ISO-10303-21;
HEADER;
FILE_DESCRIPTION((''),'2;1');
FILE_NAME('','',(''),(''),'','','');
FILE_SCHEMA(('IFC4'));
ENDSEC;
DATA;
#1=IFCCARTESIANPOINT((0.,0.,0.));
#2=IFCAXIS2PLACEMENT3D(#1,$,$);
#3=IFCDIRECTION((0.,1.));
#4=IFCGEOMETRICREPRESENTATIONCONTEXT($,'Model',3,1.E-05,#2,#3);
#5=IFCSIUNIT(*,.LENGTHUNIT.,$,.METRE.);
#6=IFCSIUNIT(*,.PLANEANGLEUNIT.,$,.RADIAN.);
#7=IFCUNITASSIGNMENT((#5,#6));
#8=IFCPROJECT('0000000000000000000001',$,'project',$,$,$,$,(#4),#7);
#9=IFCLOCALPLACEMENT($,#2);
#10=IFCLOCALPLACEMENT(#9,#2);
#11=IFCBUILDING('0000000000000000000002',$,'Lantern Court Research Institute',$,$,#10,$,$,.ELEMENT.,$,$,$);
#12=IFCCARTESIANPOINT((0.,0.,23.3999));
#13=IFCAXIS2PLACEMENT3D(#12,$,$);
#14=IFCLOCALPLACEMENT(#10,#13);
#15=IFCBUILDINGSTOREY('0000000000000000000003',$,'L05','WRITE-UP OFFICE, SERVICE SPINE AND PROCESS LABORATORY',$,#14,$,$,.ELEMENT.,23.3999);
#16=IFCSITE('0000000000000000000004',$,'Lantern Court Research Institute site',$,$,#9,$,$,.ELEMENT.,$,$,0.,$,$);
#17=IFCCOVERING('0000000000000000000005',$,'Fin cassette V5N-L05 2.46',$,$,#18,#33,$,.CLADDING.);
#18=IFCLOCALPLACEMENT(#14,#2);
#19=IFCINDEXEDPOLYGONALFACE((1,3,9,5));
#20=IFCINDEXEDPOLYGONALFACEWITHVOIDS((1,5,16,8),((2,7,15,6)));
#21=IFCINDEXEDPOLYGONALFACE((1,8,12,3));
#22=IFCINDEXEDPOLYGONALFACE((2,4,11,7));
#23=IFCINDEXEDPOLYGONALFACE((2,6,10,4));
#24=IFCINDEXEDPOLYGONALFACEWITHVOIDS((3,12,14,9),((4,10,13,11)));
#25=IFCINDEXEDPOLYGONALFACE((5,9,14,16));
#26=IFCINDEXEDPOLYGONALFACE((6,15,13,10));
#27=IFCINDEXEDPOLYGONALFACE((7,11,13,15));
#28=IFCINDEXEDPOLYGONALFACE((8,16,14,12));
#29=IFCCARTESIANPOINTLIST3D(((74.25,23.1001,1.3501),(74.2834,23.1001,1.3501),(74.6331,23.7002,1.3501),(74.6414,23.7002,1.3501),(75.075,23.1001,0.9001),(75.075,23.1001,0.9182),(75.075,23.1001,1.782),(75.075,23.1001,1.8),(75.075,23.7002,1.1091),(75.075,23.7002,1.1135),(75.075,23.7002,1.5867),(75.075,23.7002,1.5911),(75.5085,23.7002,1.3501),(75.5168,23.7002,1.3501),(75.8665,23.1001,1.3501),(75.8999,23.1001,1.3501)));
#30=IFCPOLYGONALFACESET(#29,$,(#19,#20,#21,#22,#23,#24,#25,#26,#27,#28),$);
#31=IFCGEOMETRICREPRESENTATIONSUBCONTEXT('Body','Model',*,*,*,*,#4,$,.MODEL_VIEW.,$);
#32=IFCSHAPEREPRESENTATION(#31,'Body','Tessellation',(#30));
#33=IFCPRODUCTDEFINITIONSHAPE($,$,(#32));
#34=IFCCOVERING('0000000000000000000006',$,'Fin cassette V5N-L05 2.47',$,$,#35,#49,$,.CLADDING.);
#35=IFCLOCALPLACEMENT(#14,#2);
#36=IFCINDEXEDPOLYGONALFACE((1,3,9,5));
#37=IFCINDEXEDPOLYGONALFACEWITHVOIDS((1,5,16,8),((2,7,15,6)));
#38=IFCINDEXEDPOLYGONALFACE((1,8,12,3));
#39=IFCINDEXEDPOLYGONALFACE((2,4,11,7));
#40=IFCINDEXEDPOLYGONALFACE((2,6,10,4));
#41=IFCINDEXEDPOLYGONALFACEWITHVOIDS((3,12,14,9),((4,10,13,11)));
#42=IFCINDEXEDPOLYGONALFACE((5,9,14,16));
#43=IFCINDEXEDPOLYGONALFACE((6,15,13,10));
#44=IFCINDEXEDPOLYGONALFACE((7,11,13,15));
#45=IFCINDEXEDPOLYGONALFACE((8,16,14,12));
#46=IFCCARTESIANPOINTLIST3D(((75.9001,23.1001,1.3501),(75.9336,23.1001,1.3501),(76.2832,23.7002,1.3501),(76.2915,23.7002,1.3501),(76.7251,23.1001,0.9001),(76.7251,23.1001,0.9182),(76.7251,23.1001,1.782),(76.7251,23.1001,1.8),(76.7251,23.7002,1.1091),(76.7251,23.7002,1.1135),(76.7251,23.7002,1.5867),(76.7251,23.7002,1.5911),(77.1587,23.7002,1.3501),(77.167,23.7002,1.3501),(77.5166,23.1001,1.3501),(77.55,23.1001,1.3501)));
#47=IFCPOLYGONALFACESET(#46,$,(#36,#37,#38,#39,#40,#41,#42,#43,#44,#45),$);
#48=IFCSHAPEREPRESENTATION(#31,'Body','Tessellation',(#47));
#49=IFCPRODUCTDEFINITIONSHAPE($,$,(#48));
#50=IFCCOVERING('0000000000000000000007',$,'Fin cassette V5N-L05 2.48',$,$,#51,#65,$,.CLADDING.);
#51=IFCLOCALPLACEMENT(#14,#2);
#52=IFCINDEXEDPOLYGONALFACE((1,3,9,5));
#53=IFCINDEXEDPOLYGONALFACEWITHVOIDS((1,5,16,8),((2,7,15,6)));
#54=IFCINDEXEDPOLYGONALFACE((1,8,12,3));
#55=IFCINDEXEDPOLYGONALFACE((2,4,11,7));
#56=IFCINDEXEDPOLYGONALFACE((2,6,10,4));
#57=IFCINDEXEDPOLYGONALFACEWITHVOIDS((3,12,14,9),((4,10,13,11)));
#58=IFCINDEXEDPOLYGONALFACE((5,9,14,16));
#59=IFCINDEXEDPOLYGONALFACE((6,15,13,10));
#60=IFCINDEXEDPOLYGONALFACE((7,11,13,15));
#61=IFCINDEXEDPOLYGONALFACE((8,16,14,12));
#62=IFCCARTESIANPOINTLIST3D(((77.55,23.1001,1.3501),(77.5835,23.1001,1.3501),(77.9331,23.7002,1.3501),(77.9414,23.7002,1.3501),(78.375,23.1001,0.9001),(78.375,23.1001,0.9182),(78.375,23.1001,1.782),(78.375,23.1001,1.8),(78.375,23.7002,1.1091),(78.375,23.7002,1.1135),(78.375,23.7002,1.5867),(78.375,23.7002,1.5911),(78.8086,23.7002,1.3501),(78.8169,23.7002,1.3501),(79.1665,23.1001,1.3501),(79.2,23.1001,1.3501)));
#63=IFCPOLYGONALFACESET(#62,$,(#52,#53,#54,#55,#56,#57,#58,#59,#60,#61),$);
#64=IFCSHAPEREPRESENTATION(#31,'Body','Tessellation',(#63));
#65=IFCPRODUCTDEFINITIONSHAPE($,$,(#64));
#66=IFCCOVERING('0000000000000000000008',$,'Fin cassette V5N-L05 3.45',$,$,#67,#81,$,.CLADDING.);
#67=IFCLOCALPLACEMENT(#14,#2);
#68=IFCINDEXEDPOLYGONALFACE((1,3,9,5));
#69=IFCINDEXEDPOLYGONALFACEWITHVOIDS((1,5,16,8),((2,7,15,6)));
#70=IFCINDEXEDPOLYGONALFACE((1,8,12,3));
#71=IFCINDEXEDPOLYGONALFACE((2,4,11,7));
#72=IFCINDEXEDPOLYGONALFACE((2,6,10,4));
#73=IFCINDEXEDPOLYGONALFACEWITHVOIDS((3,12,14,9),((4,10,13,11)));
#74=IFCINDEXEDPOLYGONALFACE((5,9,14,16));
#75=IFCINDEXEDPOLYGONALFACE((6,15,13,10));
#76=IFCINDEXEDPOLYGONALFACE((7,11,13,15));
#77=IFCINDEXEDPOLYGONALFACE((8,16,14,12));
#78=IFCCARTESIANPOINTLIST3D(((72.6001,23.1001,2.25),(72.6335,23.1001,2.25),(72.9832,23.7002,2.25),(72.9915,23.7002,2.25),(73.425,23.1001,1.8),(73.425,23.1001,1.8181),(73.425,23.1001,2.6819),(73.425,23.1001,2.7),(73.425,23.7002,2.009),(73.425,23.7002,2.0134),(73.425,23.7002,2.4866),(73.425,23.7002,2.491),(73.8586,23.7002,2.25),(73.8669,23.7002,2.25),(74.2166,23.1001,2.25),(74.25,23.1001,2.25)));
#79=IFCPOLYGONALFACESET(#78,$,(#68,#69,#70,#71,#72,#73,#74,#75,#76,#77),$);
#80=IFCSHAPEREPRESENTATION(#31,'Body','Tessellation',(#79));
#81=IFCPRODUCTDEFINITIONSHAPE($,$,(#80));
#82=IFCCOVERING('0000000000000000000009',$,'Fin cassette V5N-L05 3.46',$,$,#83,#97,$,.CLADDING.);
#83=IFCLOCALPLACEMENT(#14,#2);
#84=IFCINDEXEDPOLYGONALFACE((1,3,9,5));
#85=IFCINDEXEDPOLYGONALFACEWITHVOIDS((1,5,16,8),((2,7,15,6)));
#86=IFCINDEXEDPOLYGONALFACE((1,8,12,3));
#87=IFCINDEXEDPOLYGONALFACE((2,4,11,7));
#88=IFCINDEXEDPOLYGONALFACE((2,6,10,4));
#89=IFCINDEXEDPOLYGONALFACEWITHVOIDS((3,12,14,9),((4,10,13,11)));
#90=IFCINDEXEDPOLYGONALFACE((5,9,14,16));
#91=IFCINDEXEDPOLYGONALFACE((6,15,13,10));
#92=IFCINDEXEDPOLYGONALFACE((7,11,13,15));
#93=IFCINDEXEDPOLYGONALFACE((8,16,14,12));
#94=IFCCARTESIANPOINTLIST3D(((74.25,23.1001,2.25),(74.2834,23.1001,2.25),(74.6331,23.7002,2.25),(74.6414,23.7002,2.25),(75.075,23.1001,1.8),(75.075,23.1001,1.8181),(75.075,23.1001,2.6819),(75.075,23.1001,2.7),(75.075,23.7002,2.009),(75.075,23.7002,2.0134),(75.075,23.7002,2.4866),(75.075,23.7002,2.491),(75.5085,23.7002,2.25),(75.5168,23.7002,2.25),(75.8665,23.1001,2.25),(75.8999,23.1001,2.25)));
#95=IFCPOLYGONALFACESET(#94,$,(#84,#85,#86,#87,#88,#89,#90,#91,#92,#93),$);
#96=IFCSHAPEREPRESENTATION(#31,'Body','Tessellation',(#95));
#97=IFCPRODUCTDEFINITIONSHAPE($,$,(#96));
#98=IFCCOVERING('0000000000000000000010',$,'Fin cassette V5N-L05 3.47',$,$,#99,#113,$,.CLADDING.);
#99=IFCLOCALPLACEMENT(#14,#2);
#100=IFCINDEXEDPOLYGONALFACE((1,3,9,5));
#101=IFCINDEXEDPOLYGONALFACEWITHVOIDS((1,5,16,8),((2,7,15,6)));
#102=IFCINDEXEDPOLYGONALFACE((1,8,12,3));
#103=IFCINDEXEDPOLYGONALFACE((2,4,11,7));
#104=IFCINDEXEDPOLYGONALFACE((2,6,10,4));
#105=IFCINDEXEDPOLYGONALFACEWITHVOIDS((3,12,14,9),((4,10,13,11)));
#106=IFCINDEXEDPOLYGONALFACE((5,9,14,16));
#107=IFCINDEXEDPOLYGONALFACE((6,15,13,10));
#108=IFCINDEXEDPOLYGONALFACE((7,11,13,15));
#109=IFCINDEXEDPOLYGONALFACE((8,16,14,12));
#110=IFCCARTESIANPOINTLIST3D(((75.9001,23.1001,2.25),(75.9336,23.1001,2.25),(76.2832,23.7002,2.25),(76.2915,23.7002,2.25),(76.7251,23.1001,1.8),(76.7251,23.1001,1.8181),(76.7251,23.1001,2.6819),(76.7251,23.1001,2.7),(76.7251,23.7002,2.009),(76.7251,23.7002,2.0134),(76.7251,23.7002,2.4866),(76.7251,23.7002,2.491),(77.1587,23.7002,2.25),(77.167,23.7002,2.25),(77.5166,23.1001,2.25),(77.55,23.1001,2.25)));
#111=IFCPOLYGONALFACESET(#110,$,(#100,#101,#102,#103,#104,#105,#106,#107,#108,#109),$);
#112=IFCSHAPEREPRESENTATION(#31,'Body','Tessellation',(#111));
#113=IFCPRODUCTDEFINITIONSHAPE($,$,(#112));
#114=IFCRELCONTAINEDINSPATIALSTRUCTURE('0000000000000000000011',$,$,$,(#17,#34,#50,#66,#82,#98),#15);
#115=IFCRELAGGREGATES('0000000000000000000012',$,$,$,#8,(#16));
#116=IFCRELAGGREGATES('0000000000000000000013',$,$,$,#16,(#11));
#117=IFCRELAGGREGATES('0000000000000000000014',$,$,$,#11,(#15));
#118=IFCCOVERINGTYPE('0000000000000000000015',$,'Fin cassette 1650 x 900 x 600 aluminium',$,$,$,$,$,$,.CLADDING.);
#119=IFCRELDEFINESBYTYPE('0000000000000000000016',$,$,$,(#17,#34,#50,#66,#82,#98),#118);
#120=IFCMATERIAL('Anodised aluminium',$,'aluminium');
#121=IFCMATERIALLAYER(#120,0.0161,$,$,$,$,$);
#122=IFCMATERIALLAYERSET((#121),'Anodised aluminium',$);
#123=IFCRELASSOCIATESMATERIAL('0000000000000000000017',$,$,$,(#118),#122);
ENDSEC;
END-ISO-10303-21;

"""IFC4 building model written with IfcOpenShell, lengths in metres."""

from ifc_helpers import new_model, entity, si_unit, direction, frame, origin, place, context, subcontext, project, spatial, material, layer, layer_set, type_object, element, save


model = new_model("IFC4")

# Units and contexts
model_context = context("Model", 3, precision=1e-05, world=origin(), true_north=direction((0.0, 1.0)))
body_context = subcontext(model_context, "Body", "Model", "MODEL_VIEW")
ifc_project = project(units=[si_unit("LENGTHUNIT", "METRE"), si_unit("PLANEANGLEUNIT", "RADIAN")], contexts=[model_context])

# Site, building, storey
site_placement = place(None, origin())
site = spatial("IfcSite", under=ifc_project, at=site_placement, Name="Lantern Court Research Institute site", CompositionType="ELEMENT", RefElevation=0.0)
building_placement = place(site_placement, origin())
building = spatial("IfcBuilding", under=site, at=building_placement, Name="Lantern Court Research Institute", CompositionType="ELEMENT")
storey_placement = place(building_placement, frame((0.0, 0.0, 23.3999)))
storey = spatial("IfcBuildingStorey", under=building, at=storey_placement, Name="L05", Description="WRITE-UP OFFICE, SERVICE SPINE AND PROCESS LABORATORY", CompositionType="ELEMENT", Elevation=23.3999)

# Coverings
ifc_material = material(Name="Anodised aluminium", Category="aluminium")
ifc_layer = layer(ifc_material, 0.0161)
ifc_layer_set = layer_set([ifc_layer], Name="Anodised aluminium")
covering_type = type_object("IfcCoveringType", Name="Fin cassette 1650 x 900 x 600 aluminium", PredefinedType="CLADDING", material=ifc_layer_set)
covering_1_placement = place(storey_placement, frame((75.075, 23.1001, 1.3501), z_axis=(0.0, 1.0, 0.0), x_axis=(-1.0, 0.0, 0.0)))
cartesian_point_1 = entity("IfcCartesianPoint", [0.825, 0.0])
cartesian_point_2 = entity("IfcCartesianPoint", [0.7915, 0.0])
cartesian_point_3 = entity("IfcCartesianPoint", [0.4419, 0.0])
cartesian_point_4 = entity("IfcCartesianPoint", [0.4336, 0.0])
element("IfcCovering", 1, at=covering_1_placement, inside=storey, type_object=covering_type, Name="Fin cassette V5N-L05 2.46", PredefinedType="CLADDING", context=body_context, shape_type="SweptSolid", body=[
    entity("IfcExtrudedAreaSolidTapered", entity("IfcArbitraryProfileDefWithVoids", "AREA", None, entity("IfcPolyline", [cartesian_point_1, entity("IfcCartesianPoint", [0.0, 0.45]), entity("IfcCartesianPoint", [-0.825, 0.0]), entity("IfcCartesianPoint", [0.0, -0.45]), cartesian_point_1]), [entity("IfcPolyline", [cartesian_point_2, entity("IfcCartesianPoint", [0.0, 0.4319]), entity("IfcCartesianPoint", [-0.7915, 0.0]), entity("IfcCartesianPoint", [0.0, -0.4319]), cartesian_point_2])]), entity("IfcAxis2Placement3D", entity("IfcCartesianPoint", [0.0, 0.0, 0.0])), entity("IfcDirection", [0.0, 0.0, 1.0]), 0.6001, entity("IfcArbitraryProfileDefWithVoids", "AREA", None, entity("IfcPolyline", [cartesian_point_3, entity("IfcCartesianPoint", [0.0, 0.241]), entity("IfcCartesianPoint", [-0.4419, 0.0]), entity("IfcCartesianPoint", [0.0, -0.241]), cartesian_point_3]), [entity("IfcPolyline", [cartesian_point_4, entity("IfcCartesianPoint", [0.0, 0.2366]), entity("IfcCartesianPoint", [-0.4336, 0.0]), entity("IfcCartesianPoint", [0.0, -0.2366]), cartesian_point_4])])),
])
covering_2_placement = place(storey_placement, frame((76.7251, 23.1001, 1.3501), z_axis=(0.0, 1.0, 0.0), x_axis=(-1.0, 0.0, 0.0)))
cartesian_point_5 = entity("IfcCartesianPoint", [0.825, 0.0])
cartesian_point_6 = entity("IfcCartesianPoint", [0.7915, 0.0])
cartesian_point_7 = entity("IfcCartesianPoint", [0.4419, 0.0])
cartesian_point_8 = entity("IfcCartesianPoint", [0.4336, 0.0])
element("IfcCovering", 2, at=covering_2_placement, inside=storey, type_object=covering_type, Name="Fin cassette V5N-L05 2.47", PredefinedType="CLADDING", context=body_context, shape_type="SweptSolid", body=[
    entity("IfcExtrudedAreaSolidTapered", entity("IfcArbitraryProfileDefWithVoids", "AREA", None, entity("IfcPolyline", [cartesian_point_5, entity("IfcCartesianPoint", [0.0, 0.45]), entity("IfcCartesianPoint", [-0.825, 0.0]), entity("IfcCartesianPoint", [0.0, -0.45]), cartesian_point_5]), [entity("IfcPolyline", [cartesian_point_6, entity("IfcCartesianPoint", [0.0, 0.4319]), entity("IfcCartesianPoint", [-0.7915, 0.0]), entity("IfcCartesianPoint", [0.0, -0.4319]), cartesian_point_6])]), entity("IfcAxis2Placement3D", entity("IfcCartesianPoint", [0.0, 0.0, 0.0])), entity("IfcDirection", [0.0, 0.0, 1.0]), 0.6001, entity("IfcArbitraryProfileDefWithVoids", "AREA", None, entity("IfcPolyline", [cartesian_point_7, entity("IfcCartesianPoint", [0.0, 0.241]), entity("IfcCartesianPoint", [-0.4419, 0.0]), entity("IfcCartesianPoint", [0.0, -0.241]), cartesian_point_7]), [entity("IfcPolyline", [cartesian_point_8, entity("IfcCartesianPoint", [0.0, 0.2366]), entity("IfcCartesianPoint", [-0.4336, 0.0]), entity("IfcCartesianPoint", [0.0, -0.2366]), cartesian_point_8])])),
])
covering_3_placement = place(storey_placement, frame((78.375, 23.1001, 1.3501), z_axis=(0.0, 1.0, 0.0), x_axis=(-1.0, 0.0, 0.0)))
cartesian_point_9 = entity("IfcCartesianPoint", [0.825, 0.0])
cartesian_point_10 = entity("IfcCartesianPoint", [0.7915, 0.0])
cartesian_point_11 = entity("IfcCartesianPoint", [0.4419, 0.0])
cartesian_point_12 = entity("IfcCartesianPoint", [0.4336, 0.0])
element("IfcCovering", 3, at=covering_3_placement, inside=storey, type_object=covering_type, Name="Fin cassette V5N-L05 2.48", PredefinedType="CLADDING", context=body_context, shape_type="SweptSolid", body=[
    entity("IfcExtrudedAreaSolidTapered", entity("IfcArbitraryProfileDefWithVoids", "AREA", None, entity("IfcPolyline", [cartesian_point_9, entity("IfcCartesianPoint", [0.0, 0.45]), entity("IfcCartesianPoint", [-0.825, 0.0]), entity("IfcCartesianPoint", [0.0, -0.45]), cartesian_point_9]), [entity("IfcPolyline", [cartesian_point_10, entity("IfcCartesianPoint", [0.0, 0.4319]), entity("IfcCartesianPoint", [-0.7915, 0.0]), entity("IfcCartesianPoint", [0.0, -0.4319]), cartesian_point_10])]), entity("IfcAxis2Placement3D", entity("IfcCartesianPoint", [0.0, 0.0, 0.0])), entity("IfcDirection", [0.0, 0.0, 1.0]), 0.6001, entity("IfcArbitraryProfileDefWithVoids", "AREA", None, entity("IfcPolyline", [cartesian_point_11, entity("IfcCartesianPoint", [0.0, 0.241]), entity("IfcCartesianPoint", [-0.4419, 0.0]), entity("IfcCartesianPoint", [0.0, -0.241]), cartesian_point_11]), [entity("IfcPolyline", [cartesian_point_12, entity("IfcCartesianPoint", [0.0, 0.2366]), entity("IfcCartesianPoint", [-0.4336, 0.0]), entity("IfcCartesianPoint", [0.0, -0.2366]), cartesian_point_12])])),
])
covering_4_placement = place(storey_placement, frame((73.425, 23.1001, 2.25), z_axis=(0.0, 1.0, 0.0), x_axis=(-1.0, 0.0, 0.0)))
cartesian_point_13 = entity("IfcCartesianPoint", [0.825, 0.0])
cartesian_point_14 = entity("IfcCartesianPoint", [0.7915, 0.0])
cartesian_point_15 = entity("IfcCartesianPoint", [0.4419, 0.0])
cartesian_point_16 = entity("IfcCartesianPoint", [0.4336, 0.0])
element("IfcCovering", 4, at=covering_4_placement, inside=storey, type_object=covering_type, Name="Fin cassette V5N-L05 3.45", PredefinedType="CLADDING", context=body_context, shape_type="SweptSolid", body=[
    entity("IfcExtrudedAreaSolidTapered", entity("IfcArbitraryProfileDefWithVoids", "AREA", None, entity("IfcPolyline", [cartesian_point_13, entity("IfcCartesianPoint", [0.0, 0.45]), entity("IfcCartesianPoint", [-0.825, 0.0]), entity("IfcCartesianPoint", [0.0, -0.45]), cartesian_point_13]), [entity("IfcPolyline", [cartesian_point_14, entity("IfcCartesianPoint", [0.0, 0.4319]), entity("IfcCartesianPoint", [-0.7915, 0.0]), entity("IfcCartesianPoint", [0.0, -0.4319]), cartesian_point_14])]), entity("IfcAxis2Placement3D", entity("IfcCartesianPoint", [0.0, 0.0, 0.0])), entity("IfcDirection", [0.0, 0.0, 1.0]), 0.6001, entity("IfcArbitraryProfileDefWithVoids", "AREA", None, entity("IfcPolyline", [cartesian_point_15, entity("IfcCartesianPoint", [0.0, 0.241]), entity("IfcCartesianPoint", [-0.4419, 0.0]), entity("IfcCartesianPoint", [0.0, -0.241]), cartesian_point_15]), [entity("IfcPolyline", [cartesian_point_16, entity("IfcCartesianPoint", [0.0, 0.2366]), entity("IfcCartesianPoint", [-0.4336, 0.0]), entity("IfcCartesianPoint", [0.0, -0.2366]), cartesian_point_16])])),
])
covering_5_placement = place(storey_placement, frame((75.075, 23.1001, 2.25), z_axis=(0.0, 1.0, 0.0), x_axis=(-1.0, 0.0, 0.0)))
cartesian_point_17 = entity("IfcCartesianPoint", [0.825, 0.0])
cartesian_point_18 = entity("IfcCartesianPoint", [0.7915, 0.0])
cartesian_point_19 = entity("IfcCartesianPoint", [0.4419, 0.0])
cartesian_point_20 = entity("IfcCartesianPoint", [0.4336, 0.0])
element("IfcCovering", 5, at=covering_5_placement, inside=storey, type_object=covering_type, Name="Fin cassette V5N-L05 3.46", PredefinedType="CLADDING", context=body_context, shape_type="SweptSolid", body=[
    entity("IfcExtrudedAreaSolidTapered", entity("IfcArbitraryProfileDefWithVoids", "AREA", None, entity("IfcPolyline", [cartesian_point_17, entity("IfcCartesianPoint", [0.0, 0.45]), entity("IfcCartesianPoint", [-0.825, 0.0]), entity("IfcCartesianPoint", [0.0, -0.45]), cartesian_point_17]), [entity("IfcPolyline", [cartesian_point_18, entity("IfcCartesianPoint", [0.0, 0.4319]), entity("IfcCartesianPoint", [-0.7915, 0.0]), entity("IfcCartesianPoint", [0.0, -0.4319]), cartesian_point_18])]), entity("IfcAxis2Placement3D", entity("IfcCartesianPoint", [0.0, 0.0, 0.0])), entity("IfcDirection", [0.0, 0.0, 1.0]), 0.6001, entity("IfcArbitraryProfileDefWithVoids", "AREA", None, entity("IfcPolyline", [cartesian_point_19, entity("IfcCartesianPoint", [0.0, 0.241]), entity("IfcCartesianPoint", [-0.4419, 0.0]), entity("IfcCartesianPoint", [0.0, -0.241]), cartesian_point_19]), [entity("IfcPolyline", [cartesian_point_20, entity("IfcCartesianPoint", [0.0, 0.2366]), entity("IfcCartesianPoint", [-0.4336, 0.0]), entity("IfcCartesianPoint", [0.0, -0.2366]), cartesian_point_20])])),
])
covering_6_placement = place(storey_placement, frame((76.7251, 23.1001, 2.25), z_axis=(0.0, 1.0, 0.0), x_axis=(-1.0, 0.0, 0.0)))
cartesian_point_21 = entity("IfcCartesianPoint", [0.825, 0.0])
cartesian_point_22 = entity("IfcCartesianPoint", [0.7915, 0.0])
cartesian_point_23 = entity("IfcCartesianPoint", [0.4419, 0.0])
cartesian_point_24 = entity("IfcCartesianPoint", [0.4336, 0.0])
element("IfcCovering", 6, at=covering_6_placement, inside=storey, type_object=covering_type, Name="Fin cassette V5N-L05 3.47", PredefinedType="CLADDING", context=body_context, shape_type="SweptSolid", body=[
    entity("IfcExtrudedAreaSolidTapered", entity("IfcArbitraryProfileDefWithVoids", "AREA", None, entity("IfcPolyline", [cartesian_point_21, entity("IfcCartesianPoint", [0.0, 0.45]), entity("IfcCartesianPoint", [-0.825, 0.0]), entity("IfcCartesianPoint", [0.0, -0.45]), cartesian_point_21]), [entity("IfcPolyline", [cartesian_point_22, entity("IfcCartesianPoint", [0.0, 0.4319]), entity("IfcCartesianPoint", [-0.7915, 0.0]), entity("IfcCartesianPoint", [0.0, -0.4319]), cartesian_point_22])]), entity("IfcAxis2Placement3D", entity("IfcCartesianPoint", [0.0, 0.0, 0.0])), entity("IfcDirection", [0.0, 0.0, 1.0]), 0.6001, entity("IfcArbitraryProfileDefWithVoids", "AREA", None, entity("IfcPolyline", [cartesian_point_23, entity("IfcCartesianPoint", [0.0, 0.241]), entity("IfcCartesianPoint", [-0.4419, 0.0]), entity("IfcCartesianPoint", [0.0, -0.241]), cartesian_point_23]), [entity("IfcPolyline", [cartesian_point_24, entity("IfcCartesianPoint", [0.0, 0.2366]), entity("IfcCartesianPoint", [-0.4336, 0.0]), entity("IfcCartesianPoint", [0.0, -0.2366]), cartesian_point_24])])),
])

save(model, "model.ifc")
